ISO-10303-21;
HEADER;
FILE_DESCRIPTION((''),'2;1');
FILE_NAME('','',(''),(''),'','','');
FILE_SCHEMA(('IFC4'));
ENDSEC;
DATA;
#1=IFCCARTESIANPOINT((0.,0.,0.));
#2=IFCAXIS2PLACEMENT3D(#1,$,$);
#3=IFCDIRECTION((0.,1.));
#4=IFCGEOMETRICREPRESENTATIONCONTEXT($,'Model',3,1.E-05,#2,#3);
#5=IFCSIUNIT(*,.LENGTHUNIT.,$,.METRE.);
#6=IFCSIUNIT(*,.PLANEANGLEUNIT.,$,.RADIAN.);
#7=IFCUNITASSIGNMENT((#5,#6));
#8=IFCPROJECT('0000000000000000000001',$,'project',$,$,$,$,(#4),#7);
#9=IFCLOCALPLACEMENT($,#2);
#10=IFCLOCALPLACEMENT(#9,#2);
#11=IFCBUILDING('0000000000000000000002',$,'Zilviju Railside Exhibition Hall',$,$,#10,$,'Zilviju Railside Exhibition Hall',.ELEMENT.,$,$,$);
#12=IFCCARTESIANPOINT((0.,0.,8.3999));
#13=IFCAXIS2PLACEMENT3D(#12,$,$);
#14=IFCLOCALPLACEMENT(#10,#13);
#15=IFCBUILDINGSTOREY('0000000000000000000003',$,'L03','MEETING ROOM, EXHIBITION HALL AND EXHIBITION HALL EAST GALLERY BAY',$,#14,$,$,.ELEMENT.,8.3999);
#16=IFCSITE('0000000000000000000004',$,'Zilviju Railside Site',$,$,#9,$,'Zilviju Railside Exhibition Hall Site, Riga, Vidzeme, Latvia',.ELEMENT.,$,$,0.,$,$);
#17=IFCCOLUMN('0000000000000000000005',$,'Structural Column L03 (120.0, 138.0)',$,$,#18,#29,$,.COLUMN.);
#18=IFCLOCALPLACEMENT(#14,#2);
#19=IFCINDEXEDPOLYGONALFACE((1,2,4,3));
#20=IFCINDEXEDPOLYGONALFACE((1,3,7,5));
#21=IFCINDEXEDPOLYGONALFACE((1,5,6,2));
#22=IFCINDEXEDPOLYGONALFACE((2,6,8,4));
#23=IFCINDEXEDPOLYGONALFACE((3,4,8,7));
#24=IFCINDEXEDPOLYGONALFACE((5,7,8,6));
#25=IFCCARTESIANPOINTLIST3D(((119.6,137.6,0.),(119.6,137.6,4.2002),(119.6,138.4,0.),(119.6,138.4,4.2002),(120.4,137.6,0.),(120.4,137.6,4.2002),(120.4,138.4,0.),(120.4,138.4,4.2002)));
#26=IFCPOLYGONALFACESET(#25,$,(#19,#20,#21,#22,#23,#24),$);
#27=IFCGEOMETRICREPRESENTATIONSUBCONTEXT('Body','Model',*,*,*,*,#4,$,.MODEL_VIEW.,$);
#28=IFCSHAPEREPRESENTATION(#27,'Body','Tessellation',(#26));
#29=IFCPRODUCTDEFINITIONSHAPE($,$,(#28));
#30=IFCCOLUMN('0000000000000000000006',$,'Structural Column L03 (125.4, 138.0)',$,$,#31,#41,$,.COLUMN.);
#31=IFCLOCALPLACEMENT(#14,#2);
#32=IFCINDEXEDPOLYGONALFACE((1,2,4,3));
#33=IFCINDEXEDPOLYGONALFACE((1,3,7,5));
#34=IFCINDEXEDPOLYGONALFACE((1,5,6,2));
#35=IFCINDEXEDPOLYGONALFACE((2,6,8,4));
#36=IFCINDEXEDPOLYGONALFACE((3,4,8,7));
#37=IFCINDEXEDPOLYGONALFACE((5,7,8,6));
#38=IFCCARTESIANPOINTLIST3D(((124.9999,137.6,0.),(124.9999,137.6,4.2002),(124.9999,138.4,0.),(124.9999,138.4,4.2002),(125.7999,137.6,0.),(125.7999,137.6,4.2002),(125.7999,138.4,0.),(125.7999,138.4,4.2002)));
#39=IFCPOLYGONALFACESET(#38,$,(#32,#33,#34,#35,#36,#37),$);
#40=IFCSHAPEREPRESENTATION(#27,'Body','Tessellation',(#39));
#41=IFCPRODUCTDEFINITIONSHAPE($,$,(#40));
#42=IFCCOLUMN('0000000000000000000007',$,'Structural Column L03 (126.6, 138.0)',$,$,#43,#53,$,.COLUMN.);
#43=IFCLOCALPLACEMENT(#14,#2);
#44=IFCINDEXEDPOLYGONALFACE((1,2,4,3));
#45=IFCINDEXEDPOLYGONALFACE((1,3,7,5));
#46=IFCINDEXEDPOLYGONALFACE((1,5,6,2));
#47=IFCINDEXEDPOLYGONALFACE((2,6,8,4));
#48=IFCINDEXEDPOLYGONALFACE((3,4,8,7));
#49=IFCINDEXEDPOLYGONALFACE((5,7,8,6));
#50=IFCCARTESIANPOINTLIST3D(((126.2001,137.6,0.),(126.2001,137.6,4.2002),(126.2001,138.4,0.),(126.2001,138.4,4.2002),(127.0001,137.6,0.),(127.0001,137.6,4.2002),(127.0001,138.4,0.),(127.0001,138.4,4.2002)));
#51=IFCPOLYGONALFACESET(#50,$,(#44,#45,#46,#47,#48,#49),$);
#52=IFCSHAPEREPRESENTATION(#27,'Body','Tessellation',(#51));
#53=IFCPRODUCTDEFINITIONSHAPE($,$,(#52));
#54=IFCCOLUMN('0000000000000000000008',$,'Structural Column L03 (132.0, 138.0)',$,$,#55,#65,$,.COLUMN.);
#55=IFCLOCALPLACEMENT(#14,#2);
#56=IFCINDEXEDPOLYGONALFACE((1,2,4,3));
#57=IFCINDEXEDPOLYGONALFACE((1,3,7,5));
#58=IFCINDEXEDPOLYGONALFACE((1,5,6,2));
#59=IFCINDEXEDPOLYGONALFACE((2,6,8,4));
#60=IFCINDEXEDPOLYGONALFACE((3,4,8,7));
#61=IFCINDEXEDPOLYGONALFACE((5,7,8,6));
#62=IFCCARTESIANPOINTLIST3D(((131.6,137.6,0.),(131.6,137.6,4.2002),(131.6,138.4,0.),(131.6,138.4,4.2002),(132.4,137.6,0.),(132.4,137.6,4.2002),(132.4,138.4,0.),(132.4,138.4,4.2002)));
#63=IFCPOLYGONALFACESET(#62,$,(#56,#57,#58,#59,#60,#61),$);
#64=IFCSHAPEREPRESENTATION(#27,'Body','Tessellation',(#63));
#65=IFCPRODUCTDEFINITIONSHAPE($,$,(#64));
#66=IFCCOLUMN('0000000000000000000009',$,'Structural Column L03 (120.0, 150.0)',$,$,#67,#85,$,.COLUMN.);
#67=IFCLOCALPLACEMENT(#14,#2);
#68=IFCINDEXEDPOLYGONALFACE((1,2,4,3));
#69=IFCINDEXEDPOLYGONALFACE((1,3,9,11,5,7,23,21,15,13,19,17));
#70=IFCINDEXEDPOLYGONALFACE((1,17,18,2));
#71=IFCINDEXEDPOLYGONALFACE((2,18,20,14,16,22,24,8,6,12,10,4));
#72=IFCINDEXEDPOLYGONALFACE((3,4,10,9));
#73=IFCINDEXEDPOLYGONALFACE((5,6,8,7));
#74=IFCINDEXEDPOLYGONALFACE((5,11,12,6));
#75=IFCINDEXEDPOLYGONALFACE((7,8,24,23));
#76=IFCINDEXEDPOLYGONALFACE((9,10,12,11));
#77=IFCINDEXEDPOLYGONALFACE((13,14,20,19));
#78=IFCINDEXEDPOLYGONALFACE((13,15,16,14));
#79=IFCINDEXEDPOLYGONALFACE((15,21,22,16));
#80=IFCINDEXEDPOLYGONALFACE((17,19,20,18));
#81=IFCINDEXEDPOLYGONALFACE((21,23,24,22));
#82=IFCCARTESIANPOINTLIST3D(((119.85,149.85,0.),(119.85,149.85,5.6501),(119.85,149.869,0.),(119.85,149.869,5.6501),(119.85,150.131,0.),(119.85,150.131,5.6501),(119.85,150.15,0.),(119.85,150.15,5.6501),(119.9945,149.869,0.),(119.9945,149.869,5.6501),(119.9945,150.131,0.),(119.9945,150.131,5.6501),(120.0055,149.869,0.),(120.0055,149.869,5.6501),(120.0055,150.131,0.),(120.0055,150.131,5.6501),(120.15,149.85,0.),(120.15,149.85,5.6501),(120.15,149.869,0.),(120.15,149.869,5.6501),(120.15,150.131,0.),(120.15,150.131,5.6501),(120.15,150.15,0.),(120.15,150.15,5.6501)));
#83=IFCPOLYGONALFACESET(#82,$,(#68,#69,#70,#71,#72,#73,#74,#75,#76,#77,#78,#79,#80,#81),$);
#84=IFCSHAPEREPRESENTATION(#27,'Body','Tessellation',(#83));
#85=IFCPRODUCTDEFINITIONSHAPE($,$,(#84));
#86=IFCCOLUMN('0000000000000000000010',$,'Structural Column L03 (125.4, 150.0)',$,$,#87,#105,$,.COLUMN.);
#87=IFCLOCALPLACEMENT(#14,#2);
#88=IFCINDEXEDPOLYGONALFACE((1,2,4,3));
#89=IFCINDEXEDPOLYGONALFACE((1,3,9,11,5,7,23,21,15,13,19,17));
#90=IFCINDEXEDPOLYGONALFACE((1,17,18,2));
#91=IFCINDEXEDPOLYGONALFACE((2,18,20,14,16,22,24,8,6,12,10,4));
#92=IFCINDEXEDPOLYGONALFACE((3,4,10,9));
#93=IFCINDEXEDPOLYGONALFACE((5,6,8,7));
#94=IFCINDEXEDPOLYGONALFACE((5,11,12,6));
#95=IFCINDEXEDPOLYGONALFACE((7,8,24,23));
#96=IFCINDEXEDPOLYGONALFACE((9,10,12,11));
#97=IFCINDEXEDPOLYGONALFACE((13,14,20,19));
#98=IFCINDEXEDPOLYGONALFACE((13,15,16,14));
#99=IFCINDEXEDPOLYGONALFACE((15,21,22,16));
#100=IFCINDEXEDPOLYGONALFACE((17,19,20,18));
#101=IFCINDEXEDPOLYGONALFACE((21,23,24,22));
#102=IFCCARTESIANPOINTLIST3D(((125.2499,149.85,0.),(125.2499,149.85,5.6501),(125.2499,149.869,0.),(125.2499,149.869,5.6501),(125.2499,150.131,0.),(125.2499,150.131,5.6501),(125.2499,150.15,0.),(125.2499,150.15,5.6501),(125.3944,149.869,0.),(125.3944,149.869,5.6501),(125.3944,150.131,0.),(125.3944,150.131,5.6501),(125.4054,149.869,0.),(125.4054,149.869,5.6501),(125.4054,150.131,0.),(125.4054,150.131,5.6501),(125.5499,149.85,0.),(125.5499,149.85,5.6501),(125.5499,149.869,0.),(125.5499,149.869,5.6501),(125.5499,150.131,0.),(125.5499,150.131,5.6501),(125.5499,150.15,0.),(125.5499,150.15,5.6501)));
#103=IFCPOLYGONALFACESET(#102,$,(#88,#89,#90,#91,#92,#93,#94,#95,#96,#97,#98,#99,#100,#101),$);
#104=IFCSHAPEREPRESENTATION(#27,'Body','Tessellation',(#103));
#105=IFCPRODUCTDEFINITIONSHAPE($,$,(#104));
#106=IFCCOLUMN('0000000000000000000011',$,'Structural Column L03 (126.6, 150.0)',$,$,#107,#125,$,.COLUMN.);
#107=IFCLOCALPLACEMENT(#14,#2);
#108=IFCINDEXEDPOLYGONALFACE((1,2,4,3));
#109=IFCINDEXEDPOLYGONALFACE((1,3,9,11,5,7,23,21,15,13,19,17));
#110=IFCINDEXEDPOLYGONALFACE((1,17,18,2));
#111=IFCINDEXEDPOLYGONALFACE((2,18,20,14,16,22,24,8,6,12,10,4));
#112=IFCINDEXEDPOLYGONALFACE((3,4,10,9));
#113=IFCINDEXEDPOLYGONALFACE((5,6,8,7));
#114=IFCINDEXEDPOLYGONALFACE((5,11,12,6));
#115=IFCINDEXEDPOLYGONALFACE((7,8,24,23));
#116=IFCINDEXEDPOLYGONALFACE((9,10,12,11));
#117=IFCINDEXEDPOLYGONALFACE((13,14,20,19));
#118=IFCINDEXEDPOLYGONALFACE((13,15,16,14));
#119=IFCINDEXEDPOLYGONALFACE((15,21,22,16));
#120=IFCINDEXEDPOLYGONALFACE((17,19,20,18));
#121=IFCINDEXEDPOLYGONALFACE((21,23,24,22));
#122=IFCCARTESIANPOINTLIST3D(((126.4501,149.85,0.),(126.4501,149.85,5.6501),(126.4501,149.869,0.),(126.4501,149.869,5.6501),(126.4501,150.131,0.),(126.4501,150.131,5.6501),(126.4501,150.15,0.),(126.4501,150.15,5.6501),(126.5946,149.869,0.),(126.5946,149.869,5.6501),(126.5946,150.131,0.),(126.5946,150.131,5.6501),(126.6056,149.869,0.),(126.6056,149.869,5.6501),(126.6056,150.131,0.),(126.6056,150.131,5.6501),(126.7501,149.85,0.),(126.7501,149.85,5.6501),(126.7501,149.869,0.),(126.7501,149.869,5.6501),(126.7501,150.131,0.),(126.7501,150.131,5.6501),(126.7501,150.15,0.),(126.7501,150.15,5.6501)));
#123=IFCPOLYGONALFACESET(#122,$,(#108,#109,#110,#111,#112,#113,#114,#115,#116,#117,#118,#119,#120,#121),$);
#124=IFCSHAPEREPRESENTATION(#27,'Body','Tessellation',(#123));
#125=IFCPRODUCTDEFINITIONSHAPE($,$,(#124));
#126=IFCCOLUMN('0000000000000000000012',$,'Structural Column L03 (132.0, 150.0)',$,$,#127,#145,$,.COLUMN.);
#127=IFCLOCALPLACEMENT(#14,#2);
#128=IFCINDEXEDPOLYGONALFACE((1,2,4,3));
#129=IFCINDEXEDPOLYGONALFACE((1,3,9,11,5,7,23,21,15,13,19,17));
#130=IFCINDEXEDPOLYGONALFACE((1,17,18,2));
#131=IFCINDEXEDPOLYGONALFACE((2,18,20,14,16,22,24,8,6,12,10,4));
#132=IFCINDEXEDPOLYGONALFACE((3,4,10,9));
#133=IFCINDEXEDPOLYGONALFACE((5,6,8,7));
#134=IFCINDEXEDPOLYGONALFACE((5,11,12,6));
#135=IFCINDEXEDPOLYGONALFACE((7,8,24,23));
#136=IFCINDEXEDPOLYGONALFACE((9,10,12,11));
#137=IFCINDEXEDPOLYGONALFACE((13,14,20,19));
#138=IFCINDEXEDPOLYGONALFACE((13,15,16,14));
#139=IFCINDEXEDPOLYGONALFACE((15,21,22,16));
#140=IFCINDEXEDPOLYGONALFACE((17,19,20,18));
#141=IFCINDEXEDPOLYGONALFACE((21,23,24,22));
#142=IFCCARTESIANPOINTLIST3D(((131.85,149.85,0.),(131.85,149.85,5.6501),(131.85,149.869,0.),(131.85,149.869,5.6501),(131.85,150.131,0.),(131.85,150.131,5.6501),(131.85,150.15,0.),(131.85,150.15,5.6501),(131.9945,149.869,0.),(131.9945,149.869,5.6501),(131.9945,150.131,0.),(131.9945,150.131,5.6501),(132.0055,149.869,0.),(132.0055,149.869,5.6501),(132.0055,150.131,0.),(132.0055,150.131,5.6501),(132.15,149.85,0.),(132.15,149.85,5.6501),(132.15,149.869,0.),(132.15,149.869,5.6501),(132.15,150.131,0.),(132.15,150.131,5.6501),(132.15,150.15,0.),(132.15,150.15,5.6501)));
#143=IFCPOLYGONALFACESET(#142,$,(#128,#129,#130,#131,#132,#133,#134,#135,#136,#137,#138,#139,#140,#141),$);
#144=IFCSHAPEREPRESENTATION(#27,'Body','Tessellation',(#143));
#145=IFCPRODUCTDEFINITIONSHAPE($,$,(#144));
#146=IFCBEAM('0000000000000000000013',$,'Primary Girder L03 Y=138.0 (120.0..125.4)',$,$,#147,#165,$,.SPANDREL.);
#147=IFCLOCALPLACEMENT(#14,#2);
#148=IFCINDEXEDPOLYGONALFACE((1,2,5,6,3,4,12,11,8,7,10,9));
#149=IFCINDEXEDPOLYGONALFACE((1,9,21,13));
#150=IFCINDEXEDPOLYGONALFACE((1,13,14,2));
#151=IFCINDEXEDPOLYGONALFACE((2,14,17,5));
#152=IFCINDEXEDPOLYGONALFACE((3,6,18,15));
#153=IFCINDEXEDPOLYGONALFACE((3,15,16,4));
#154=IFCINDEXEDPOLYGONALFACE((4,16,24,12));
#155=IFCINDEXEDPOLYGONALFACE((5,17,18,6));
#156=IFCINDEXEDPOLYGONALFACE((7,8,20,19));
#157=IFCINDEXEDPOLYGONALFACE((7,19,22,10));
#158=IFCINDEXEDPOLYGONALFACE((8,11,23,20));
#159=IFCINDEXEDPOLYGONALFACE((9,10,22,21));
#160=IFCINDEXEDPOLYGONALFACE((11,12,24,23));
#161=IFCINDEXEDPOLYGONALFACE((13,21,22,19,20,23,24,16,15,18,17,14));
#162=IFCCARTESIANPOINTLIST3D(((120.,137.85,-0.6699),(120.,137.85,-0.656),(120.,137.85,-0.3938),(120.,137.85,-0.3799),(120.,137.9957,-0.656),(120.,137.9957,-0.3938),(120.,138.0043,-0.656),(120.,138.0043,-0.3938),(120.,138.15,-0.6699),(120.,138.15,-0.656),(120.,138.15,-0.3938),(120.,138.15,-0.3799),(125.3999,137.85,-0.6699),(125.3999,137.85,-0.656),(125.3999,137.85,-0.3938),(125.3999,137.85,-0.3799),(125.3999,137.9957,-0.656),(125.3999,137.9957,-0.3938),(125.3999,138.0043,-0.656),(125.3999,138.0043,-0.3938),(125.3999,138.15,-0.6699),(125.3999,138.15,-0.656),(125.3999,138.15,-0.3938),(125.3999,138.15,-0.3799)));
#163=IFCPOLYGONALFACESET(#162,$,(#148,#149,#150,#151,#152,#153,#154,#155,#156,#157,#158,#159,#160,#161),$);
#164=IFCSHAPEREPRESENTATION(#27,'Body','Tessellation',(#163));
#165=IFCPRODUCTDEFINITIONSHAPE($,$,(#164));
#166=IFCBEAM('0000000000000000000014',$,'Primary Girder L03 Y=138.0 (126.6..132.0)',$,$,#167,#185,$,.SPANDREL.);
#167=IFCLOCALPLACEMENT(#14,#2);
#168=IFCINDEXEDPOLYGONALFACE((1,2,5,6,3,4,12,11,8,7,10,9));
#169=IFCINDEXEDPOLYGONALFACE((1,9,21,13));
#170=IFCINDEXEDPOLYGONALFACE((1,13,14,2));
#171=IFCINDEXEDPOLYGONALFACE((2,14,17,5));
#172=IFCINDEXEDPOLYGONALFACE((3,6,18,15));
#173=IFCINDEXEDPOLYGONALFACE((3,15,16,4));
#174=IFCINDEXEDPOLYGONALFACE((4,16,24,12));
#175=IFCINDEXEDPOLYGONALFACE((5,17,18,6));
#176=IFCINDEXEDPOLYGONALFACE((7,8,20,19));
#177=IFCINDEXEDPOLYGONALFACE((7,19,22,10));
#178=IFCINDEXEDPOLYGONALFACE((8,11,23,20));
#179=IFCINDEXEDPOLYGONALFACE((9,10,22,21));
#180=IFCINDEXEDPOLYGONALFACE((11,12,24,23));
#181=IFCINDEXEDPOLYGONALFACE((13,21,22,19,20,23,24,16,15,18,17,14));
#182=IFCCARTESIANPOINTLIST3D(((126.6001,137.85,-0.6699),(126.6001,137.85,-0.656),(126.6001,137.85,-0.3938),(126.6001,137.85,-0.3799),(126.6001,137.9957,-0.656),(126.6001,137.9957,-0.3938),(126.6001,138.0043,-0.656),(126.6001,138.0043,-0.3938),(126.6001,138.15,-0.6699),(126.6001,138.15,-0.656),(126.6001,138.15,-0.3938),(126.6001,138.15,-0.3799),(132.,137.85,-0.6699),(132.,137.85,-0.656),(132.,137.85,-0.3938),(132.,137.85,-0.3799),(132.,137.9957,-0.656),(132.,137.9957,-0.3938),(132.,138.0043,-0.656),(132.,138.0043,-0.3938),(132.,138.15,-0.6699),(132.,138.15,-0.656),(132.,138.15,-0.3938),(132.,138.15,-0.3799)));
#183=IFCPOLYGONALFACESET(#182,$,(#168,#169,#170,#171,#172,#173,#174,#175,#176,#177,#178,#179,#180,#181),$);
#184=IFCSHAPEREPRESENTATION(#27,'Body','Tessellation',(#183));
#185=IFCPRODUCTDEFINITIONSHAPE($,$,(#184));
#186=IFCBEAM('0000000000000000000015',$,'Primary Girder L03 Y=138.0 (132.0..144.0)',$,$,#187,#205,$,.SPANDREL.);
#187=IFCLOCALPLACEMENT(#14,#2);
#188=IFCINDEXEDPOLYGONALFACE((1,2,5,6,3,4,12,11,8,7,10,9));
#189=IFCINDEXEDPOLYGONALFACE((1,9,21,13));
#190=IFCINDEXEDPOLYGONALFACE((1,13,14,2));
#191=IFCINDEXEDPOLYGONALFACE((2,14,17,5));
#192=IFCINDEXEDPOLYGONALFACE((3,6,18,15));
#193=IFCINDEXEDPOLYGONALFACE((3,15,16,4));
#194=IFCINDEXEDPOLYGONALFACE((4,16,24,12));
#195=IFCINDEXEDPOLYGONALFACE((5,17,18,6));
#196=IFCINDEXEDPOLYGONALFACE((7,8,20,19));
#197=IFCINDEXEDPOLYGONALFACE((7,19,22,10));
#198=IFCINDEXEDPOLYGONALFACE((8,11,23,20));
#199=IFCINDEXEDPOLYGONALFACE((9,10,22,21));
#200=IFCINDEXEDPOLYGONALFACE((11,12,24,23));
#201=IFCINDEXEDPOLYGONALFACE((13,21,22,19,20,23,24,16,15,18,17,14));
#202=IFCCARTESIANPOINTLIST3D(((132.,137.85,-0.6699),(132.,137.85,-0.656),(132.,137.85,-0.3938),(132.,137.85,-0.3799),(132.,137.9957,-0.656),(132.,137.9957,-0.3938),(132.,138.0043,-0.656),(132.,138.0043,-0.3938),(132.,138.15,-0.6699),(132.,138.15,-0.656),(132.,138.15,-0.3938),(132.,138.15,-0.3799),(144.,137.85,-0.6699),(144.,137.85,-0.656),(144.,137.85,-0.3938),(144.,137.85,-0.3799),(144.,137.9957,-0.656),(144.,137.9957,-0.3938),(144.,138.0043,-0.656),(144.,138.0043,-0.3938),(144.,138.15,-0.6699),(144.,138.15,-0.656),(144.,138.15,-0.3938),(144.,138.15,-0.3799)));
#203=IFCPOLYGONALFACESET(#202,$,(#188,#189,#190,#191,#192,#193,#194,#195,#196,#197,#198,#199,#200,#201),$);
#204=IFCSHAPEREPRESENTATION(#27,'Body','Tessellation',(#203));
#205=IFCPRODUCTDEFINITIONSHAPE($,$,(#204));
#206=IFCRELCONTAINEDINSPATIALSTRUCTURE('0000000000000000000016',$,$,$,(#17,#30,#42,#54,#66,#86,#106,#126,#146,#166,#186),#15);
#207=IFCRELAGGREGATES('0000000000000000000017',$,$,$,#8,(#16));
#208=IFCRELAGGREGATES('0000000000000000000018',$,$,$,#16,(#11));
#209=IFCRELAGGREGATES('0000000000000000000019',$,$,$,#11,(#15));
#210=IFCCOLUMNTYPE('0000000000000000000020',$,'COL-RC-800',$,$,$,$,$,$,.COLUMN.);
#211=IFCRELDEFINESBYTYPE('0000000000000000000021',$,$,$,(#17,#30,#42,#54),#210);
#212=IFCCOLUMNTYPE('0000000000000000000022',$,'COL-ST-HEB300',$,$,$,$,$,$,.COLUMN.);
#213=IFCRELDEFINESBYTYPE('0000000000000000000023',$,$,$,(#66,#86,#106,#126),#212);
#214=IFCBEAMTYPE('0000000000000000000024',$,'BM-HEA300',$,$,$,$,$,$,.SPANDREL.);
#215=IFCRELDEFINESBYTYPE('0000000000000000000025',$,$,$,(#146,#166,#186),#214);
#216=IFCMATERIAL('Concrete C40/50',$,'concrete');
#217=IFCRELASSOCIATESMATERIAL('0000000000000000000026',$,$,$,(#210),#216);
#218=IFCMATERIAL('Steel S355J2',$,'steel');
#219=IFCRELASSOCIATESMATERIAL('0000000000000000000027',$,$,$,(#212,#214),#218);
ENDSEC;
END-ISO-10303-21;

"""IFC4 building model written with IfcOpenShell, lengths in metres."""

from ifc_helpers import new_model, si_unit, direction, frame, origin, origin_2d, place, context, subcontext, project, spatial, rectangle, i_section, extrude, material, material_profile, profile_set, type_object, element, save


model = new_model("IFC4")

# Units and contexts
model_context = context("Model", 3, precision=1e-05, world=origin(), true_north=direction((0.0, 1.0)))
body_context = subcontext(model_context, "Body", "Model", "MODEL_VIEW")
ifc_project = project(units=[si_unit("LENGTHUNIT", "METRE"), si_unit("PLANEANGLEUNIT", "RADIAN")], contexts=[model_context])

# Site, building, storey
site_placement = place(None, origin())
site = spatial("IfcSite", under=ifc_project, at=site_placement, Name="Zilviju Railside Site", LongName="Zilviju Railside Exhibition Hall Site, Riga, Vidzeme, Latvia", CompositionType="ELEMENT", RefElevation=0.0)
building_placement = place(site_placement, origin())
building = spatial("IfcBuilding", under=site, at=building_placement, Name="Zilviju Railside Exhibition Hall", LongName="Zilviju Railside Exhibition Hall", CompositionType="ELEMENT")
storey_placement = place(building_placement, frame((0.0, 0.0, 8.3999)))
storey = spatial("IfcBuildingStorey", under=building, at=storey_placement, Name="L03", Description="MEETING ROOM, EXHIBITION HALL AND EXHIBITION HALL EAST GALLERY BAY", CompositionType="ELEMENT", Elevation=8.3999)

# Columns
ifc_material_1 = material(Name="Concrete C40/50", Category="concrete")
ifc_material_profile_1 = material_profile(ifc_material_1, rectangle(XDim=0.8, YDim=0.8, at=origin_2d()), Name="RC COL 800x800")
ifc_profile_set_1 = profile_set([ifc_material_profile_1], Name="Concrete C40/50")
column_type_1 = type_object("IfcColumnType", Name="COL-RC-800", PredefinedType="COLUMN", material=ifc_profile_set_1)
for number, where, z_axis, x_axis, name in (
    (1, (120.0, 138.0, 0.0), (0.0, 0.0, 1.0), (1.0, 0.0, 0.0), "Structural Column L03 (120.0, 138.0)"),
    (2, (125.3999, 138.0, 0.0), (0.0, 0.0, 1.0), (1.0, 0.0, 0.0), "Structural Column L03 (125.4, 138.0)"),
    (3, (126.6001, 138.0, 0.0), (0.0, 0.0, 1.0), (1.0, 0.0, 0.0), "Structural Column L03 (126.6, 138.0)"),
    (4, (132.0, 138.0, 0.0), (0.0, 0.0, 1.0), (1.0, 0.0, 0.0), "Structural Column L03 (132.0, 138.0)"),
):
    element("IfcColumn", number, at=place(storey_placement, frame(where, z_axis=z_axis, x_axis=x_axis)), inside=storey, type_object=column_type_1, Name=name, PredefinedType="COLUMN", context=body_context, shape_type="SweptSolid", body=[
        extrude(rectangle(XDim=0.8, YDim=0.8, at=origin_2d()), origin(), (0.0, 0.0, 1.0), 4.2002),
    ])
ifc_material_2 = material(Name="Steel S355J2", Category="steel")
ifc_material_profile_2 = material_profile(ifc_material_2, i_section(OverallWidth=0.3, OverallDepth=0.3, WebThickness=0.011, FlangeThickness=0.019, at=origin_2d()), Name="HEB 300")
ifc_profile_set_2 = profile_set([ifc_material_profile_2], Name="Steel S355J2")
column_type_2 = type_object("IfcColumnType", Name="COL-ST-HEB300", PredefinedType="COLUMN", material=ifc_profile_set_2)
for number, where, z_axis, x_axis, name in (
    (5, (120.0, 150.0, 0.0), (0.0, 0.0, 1.0), (1.0, 0.0, 0.0), "Structural Column L03 (120.0, 150.0)"),
    (6, (125.3999, 150.0, 0.0), (0.0, 0.0, 1.0), (1.0, 0.0, 0.0), "Structural Column L03 (125.4, 150.0)"),
    (7, (126.6001, 150.0, 0.0), (0.0, 0.0, 1.0), (1.0, 0.0, 0.0), "Structural Column L03 (126.6, 150.0)"),
    (8, (132.0, 150.0, 0.0), (0.0, 0.0, 1.0), (1.0, 0.0, 0.0), "Structural Column L03 (132.0, 150.0)"),
):
    element("IfcColumn", number, at=place(storey_placement, frame(where, z_axis=z_axis, x_axis=x_axis)), inside=storey, type_object=column_type_2, Name=name, PredefinedType="COLUMN", context=body_context, shape_type="SweptSolid", body=[
        extrude(i_section(OverallWidth=0.3, OverallDepth=0.3, WebThickness=0.011, FlangeThickness=0.019, at=origin_2d()), origin(), (0.0, 0.0, 1.0), 5.6501),
    ])

# Beams
ifc_material_profile_3 = material_profile(ifc_material_2, i_section(OverallWidth=0.3, OverallDepth=0.29, WebThickness=0.0085, FlangeThickness=0.0139, at=origin_2d()), Name="HEA 300")
ifc_profile_set_3 = profile_set([ifc_material_profile_3], Name="Steel S355J2")
beam_type = type_object("IfcBeamType", Name="BM-HEA300", PredefinedType="SPANDREL", material=ifc_profile_set_3)
for number, where, z_axis, x_axis, name in (
    (9, (120.0, 138.0, -0.5249), (1.0, 0.0, 0.0), (0.0, 1.0, 0.0), "Primary Girder L03 Y=138.0 (120.0..125.4)"),
    (10, (126.6001, 138.0, -0.5249), (1.0, 0.0, 0.0), (0.0, 1.0, 0.0), "Primary Girder L03 Y=138.0 (126.6..132.0)"),
):
    element("IfcBeam", number, at=place(storey_placement, frame(where, z_axis=z_axis, x_axis=x_axis)), inside=storey, type_object=beam_type, Name=name, PredefinedType="SPANDREL", context=body_context, shape_type="SweptSolid", body=[
        extrude(i_section(OverallWidth=0.3, OverallDepth=0.29, WebThickness=0.0085, FlangeThickness=0.0139, at=origin_2d()), origin(), (0.0, 0.0, 1.0), 5.3999),
    ])
beam_1_placement = place(storey_placement, frame((132.0, 138.0, -0.5249), z_axis=(1.0, 0.0, 0.0), x_axis=(0.0, 1.0, 0.0)))
element("IfcBeam", 11, at=beam_1_placement, inside=storey, type_object=beam_type, Name="Primary Girder L03 Y=138.0 (132.0..144.0)", PredefinedType="SPANDREL", context=body_context, shape_type="SweptSolid", body=[
    extrude(i_section(OverallWidth=0.3, OverallDepth=0.29, WebThickness=0.0085, FlangeThickness=0.0139, at=origin_2d()), origin(), (0.0, 0.0, 1.0), 12.0),
])

save(model, "model.ifc")
